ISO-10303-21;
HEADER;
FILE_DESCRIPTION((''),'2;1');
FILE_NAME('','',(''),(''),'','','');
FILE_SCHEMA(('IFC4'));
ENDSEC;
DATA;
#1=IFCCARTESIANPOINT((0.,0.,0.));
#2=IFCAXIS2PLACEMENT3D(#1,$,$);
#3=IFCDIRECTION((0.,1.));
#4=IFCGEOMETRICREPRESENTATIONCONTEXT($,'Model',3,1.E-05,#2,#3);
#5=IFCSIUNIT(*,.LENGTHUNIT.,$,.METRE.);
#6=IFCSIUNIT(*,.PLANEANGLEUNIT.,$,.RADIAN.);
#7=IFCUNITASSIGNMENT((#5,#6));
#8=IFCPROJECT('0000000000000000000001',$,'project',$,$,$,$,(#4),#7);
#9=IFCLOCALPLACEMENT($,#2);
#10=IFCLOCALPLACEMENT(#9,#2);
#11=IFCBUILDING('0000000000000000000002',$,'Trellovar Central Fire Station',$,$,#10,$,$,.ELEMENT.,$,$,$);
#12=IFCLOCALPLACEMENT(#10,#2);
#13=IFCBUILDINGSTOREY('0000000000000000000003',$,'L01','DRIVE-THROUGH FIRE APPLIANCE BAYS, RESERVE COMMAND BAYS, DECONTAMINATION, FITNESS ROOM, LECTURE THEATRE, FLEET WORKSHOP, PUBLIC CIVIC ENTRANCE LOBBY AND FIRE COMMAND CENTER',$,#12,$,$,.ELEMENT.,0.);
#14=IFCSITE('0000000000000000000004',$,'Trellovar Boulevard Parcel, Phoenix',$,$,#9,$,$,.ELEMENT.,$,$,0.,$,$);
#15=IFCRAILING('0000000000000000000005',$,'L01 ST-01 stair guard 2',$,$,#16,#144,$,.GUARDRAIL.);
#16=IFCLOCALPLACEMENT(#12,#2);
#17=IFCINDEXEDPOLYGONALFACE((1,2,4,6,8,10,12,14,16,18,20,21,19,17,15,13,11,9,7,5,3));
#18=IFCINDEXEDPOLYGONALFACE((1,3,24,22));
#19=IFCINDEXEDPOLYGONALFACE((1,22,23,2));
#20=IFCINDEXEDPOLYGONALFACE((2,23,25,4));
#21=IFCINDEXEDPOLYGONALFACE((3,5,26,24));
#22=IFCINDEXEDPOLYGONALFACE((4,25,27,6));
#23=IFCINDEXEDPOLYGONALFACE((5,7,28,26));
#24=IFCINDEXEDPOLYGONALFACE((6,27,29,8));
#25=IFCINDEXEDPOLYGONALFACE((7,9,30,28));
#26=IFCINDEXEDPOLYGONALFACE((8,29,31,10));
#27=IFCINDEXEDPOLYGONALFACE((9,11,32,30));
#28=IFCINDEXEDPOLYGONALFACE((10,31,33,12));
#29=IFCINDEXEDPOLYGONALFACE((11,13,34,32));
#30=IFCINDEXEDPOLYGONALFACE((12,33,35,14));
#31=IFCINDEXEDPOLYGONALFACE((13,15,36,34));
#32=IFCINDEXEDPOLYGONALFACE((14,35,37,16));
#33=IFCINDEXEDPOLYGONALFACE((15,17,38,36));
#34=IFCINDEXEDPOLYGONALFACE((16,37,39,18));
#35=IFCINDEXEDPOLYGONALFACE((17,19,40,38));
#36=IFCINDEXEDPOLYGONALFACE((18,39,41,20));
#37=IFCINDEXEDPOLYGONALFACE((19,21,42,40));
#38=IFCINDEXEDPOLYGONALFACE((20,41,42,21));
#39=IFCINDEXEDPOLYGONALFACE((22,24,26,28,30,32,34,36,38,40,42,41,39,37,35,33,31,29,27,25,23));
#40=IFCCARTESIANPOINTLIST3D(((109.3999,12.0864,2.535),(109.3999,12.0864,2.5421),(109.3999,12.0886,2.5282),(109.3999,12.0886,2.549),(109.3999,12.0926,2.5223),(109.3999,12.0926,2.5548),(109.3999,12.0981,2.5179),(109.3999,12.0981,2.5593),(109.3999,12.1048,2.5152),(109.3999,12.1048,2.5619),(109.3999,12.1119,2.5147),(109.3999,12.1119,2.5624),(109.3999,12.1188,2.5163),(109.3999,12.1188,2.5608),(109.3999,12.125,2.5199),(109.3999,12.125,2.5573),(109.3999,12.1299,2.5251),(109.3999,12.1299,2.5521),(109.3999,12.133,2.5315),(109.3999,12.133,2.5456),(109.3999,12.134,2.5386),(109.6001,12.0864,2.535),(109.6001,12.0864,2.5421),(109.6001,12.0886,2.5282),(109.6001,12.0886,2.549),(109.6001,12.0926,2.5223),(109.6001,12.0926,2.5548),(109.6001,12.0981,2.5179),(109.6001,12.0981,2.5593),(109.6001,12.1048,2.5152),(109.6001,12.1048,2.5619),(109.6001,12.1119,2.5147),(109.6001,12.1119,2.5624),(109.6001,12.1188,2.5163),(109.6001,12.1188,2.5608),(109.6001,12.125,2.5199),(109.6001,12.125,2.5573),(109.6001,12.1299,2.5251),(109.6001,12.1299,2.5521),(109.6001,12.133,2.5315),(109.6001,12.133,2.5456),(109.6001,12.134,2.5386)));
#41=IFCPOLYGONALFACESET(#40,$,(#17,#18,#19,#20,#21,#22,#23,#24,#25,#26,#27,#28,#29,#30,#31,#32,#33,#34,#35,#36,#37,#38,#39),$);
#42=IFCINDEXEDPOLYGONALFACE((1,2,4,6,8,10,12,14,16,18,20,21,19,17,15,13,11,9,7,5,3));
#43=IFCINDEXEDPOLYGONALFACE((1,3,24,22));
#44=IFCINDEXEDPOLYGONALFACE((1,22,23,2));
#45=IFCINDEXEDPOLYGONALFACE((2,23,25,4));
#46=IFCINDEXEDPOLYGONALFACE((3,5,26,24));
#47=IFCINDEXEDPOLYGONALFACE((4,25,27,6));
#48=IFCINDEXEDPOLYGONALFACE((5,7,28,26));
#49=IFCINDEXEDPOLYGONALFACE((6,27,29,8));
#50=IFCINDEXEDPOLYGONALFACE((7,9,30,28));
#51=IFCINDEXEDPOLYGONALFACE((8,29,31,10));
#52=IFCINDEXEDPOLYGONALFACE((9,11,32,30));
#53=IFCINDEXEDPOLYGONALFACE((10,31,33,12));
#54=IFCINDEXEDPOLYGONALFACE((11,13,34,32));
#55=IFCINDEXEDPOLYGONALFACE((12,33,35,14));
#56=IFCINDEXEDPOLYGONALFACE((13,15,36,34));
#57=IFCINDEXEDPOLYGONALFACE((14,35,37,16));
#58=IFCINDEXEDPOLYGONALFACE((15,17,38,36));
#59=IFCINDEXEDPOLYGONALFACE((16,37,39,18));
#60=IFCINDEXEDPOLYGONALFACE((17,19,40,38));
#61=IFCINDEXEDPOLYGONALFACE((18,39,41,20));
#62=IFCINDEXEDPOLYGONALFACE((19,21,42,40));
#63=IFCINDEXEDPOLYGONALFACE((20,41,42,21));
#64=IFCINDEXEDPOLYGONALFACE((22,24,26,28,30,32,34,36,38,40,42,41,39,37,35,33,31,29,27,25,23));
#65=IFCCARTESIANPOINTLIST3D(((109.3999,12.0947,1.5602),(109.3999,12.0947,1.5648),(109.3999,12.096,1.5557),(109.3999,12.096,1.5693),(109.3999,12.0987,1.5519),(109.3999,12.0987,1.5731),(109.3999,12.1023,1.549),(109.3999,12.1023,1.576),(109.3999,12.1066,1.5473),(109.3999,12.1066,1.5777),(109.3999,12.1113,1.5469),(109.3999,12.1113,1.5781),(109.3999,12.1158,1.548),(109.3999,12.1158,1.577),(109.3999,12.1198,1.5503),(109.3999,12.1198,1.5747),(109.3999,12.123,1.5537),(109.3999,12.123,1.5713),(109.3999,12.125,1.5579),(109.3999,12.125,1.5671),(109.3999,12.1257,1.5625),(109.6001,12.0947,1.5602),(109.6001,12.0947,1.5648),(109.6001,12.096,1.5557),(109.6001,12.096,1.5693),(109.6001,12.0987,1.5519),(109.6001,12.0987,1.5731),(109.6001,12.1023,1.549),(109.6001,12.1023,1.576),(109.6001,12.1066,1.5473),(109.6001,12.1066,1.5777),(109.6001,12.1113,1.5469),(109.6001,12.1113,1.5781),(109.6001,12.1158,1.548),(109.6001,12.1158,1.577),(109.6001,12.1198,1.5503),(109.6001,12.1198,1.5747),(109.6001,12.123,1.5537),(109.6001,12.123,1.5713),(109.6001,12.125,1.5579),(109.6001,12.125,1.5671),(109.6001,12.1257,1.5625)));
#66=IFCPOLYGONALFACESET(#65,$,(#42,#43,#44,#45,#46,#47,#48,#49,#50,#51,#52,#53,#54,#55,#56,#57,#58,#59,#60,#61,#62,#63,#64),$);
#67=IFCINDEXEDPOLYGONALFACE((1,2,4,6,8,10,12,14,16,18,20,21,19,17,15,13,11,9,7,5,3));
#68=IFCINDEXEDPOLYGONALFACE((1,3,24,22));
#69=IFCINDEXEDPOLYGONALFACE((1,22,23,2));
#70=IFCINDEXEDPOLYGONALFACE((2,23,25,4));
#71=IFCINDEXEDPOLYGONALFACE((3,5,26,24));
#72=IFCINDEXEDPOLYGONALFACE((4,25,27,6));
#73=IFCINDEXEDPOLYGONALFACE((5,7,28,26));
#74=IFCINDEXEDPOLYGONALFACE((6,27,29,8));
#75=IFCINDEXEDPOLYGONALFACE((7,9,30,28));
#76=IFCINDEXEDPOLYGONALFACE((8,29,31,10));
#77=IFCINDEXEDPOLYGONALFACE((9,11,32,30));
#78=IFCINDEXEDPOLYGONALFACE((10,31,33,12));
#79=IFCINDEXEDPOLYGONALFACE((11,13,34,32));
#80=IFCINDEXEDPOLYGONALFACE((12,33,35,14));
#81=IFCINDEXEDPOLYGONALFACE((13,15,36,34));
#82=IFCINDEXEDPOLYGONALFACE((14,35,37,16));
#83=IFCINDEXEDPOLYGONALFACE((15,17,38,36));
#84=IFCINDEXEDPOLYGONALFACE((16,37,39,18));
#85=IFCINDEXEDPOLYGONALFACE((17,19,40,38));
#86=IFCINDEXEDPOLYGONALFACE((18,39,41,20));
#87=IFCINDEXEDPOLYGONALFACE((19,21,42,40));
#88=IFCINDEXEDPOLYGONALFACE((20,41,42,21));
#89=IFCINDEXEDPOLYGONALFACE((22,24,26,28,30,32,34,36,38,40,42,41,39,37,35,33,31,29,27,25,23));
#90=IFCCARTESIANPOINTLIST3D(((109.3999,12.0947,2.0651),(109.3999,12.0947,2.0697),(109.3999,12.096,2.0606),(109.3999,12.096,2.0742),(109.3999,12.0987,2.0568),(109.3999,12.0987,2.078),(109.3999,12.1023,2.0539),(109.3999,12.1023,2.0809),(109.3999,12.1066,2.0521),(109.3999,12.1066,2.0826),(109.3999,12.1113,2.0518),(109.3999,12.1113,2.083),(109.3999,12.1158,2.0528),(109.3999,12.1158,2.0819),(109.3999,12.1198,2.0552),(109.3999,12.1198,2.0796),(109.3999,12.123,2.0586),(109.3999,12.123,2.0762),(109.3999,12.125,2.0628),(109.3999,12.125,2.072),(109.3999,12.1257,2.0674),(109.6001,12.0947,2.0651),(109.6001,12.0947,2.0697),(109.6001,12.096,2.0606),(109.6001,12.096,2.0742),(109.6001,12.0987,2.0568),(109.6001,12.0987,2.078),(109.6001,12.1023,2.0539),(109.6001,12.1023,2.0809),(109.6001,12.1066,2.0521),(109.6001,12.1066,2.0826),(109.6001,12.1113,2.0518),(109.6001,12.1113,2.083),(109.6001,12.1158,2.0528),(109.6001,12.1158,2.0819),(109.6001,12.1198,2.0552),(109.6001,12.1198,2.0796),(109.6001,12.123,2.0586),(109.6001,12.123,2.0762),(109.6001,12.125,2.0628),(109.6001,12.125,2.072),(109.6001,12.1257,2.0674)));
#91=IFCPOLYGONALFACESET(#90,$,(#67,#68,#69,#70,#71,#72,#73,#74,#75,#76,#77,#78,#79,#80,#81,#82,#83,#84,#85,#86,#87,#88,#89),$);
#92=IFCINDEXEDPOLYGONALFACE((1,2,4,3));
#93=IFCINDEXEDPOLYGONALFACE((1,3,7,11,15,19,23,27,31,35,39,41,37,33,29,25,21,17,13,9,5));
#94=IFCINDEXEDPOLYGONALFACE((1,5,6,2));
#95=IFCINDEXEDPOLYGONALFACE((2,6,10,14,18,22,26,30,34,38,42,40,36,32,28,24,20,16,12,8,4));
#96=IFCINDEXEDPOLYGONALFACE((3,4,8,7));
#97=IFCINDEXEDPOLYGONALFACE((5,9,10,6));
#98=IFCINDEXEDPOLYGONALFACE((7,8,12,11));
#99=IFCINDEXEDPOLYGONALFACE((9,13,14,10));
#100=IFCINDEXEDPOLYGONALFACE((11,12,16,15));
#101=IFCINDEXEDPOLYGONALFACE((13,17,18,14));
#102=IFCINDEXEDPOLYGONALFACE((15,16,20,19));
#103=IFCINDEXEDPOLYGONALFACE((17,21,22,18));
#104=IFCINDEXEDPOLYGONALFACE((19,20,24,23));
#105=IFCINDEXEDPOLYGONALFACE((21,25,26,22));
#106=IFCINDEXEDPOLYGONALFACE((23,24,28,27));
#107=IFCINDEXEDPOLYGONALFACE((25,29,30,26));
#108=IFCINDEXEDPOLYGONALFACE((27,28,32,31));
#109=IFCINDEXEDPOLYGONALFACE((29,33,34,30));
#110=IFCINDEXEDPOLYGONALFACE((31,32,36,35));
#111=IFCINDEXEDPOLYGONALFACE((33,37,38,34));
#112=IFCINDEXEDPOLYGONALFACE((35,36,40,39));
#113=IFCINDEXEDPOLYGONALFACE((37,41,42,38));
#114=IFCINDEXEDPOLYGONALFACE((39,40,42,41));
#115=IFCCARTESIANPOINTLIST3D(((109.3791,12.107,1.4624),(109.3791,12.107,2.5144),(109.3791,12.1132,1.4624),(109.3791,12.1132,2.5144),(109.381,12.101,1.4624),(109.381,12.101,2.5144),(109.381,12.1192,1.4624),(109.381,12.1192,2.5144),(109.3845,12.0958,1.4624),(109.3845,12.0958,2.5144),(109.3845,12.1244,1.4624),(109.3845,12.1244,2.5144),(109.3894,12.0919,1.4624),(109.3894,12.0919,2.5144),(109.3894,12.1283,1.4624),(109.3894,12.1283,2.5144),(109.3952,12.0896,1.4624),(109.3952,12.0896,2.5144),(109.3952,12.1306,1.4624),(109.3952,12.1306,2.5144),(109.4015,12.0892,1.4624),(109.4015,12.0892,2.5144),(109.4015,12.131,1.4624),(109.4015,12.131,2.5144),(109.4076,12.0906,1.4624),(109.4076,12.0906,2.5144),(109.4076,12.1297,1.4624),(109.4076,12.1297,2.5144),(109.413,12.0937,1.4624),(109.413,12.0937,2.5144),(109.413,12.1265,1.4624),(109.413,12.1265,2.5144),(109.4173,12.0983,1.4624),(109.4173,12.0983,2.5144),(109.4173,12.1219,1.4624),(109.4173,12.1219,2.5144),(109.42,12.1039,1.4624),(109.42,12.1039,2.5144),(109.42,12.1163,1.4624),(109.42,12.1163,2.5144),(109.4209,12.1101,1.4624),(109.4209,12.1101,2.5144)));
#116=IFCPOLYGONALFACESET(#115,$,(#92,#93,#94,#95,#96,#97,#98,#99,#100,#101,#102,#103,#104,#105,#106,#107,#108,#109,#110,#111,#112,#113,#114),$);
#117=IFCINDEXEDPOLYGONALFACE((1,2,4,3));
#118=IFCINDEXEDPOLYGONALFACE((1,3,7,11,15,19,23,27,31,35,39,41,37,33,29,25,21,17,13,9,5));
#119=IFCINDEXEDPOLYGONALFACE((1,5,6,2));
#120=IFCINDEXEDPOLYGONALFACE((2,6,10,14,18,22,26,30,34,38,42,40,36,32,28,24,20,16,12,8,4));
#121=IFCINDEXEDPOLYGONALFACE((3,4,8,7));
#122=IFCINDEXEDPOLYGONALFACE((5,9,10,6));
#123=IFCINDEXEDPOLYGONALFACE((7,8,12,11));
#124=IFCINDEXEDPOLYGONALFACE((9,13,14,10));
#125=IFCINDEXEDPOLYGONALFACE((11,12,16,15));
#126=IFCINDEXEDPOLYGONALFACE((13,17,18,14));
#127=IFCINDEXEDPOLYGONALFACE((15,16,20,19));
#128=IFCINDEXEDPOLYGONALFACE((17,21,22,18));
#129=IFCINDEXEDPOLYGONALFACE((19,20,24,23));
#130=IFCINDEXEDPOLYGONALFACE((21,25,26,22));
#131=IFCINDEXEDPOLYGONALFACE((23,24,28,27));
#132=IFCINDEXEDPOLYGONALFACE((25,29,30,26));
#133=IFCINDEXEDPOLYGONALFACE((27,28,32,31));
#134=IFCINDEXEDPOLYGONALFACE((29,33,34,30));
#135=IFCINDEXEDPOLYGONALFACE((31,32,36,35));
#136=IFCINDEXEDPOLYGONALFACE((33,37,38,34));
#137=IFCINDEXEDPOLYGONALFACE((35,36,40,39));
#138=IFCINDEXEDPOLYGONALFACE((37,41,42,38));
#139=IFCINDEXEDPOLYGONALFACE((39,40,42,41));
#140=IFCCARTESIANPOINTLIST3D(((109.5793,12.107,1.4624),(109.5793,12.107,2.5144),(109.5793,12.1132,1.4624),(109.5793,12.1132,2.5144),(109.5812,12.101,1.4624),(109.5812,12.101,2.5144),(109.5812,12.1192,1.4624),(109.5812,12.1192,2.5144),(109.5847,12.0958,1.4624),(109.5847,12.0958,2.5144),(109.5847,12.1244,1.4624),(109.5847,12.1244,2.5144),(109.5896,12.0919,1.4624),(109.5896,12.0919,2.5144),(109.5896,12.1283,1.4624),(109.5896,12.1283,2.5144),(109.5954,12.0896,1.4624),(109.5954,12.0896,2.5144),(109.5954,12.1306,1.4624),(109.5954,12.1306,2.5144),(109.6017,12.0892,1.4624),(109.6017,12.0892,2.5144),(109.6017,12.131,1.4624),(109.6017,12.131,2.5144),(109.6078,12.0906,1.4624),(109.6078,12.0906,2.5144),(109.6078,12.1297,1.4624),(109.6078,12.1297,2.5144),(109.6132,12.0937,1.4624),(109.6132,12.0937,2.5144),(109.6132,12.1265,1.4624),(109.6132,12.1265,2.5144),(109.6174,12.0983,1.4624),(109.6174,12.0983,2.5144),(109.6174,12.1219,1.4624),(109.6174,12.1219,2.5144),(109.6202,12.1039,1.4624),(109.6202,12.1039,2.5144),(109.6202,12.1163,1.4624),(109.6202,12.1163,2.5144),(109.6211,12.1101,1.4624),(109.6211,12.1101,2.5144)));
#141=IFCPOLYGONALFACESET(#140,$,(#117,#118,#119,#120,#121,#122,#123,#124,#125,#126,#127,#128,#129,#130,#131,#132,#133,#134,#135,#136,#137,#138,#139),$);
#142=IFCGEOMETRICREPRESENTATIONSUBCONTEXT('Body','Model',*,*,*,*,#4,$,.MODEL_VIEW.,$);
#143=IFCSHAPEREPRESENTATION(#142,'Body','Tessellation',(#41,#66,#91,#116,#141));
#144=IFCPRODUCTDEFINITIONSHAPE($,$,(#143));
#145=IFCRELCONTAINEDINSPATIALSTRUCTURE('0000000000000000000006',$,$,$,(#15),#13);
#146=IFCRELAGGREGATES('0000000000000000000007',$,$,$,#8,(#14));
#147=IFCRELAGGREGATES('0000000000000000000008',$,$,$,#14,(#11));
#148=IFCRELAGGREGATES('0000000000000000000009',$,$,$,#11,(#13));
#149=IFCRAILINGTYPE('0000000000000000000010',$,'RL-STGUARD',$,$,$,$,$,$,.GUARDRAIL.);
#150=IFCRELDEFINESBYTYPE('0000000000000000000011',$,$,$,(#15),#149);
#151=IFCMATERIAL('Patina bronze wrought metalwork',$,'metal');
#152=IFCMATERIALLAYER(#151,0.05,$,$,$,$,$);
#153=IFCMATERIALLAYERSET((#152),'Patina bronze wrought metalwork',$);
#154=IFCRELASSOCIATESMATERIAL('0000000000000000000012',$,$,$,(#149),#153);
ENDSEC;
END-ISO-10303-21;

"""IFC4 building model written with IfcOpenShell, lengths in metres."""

from ifc_helpers import new_model, si_unit, direction, frame, origin, origin_2d, place, context, subcontext, project, spatial, circle, extrude, material, layer, layer_set, type_object, element, save


model = new_model("IFC4")

# Units and contexts
model_context = context("Model", 3, precision=1e-05, world=origin(), true_north=direction((0.0, 1.0)))
body_context = subcontext(model_context, "Body", "Model", "MODEL_VIEW")
ifc_project = project(units=[si_unit("LENGTHUNIT", "METRE"), si_unit("PLANEANGLEUNIT", "RADIAN")], contexts=[model_context])

# Site, building, storey
site_placement = place(None, origin())
site = spatial("IfcSite", under=ifc_project, at=site_placement, Name="Trellovar Boulevard Parcel, Phoenix", CompositionType="ELEMENT", RefElevation=0.0)
building_placement = place(site_placement, origin())
building = spatial("IfcBuilding", under=site, at=building_placement, Name="Trellovar Central Fire Station", CompositionType="ELEMENT")
storey_placement = place(building_placement, origin())
storey = spatial("IfcBuildingStorey", under=building, at=storey_placement, Name="L01", Description="DRIVE-THROUGH FIRE APPLIANCE BAYS, RESERVE COMMAND BAYS, DECONTAMINATION, FITNESS ROOM, LECTURE THEATRE, FLEET WORKSHOP, PUBLIC CIVIC ENTRANCE LOBBY AND FIRE COMMAND CENTER", CompositionType="ELEMENT", Elevation=0.0)

# Railing
ifc_material_1 = material(Name="Patina bronze wrought metalwork", Category="metal")
ifc_layer_1 = layer(ifc_material_1, 0.05)
ifc_layer_set_1 = layer_set([ifc_layer_1], Name="Patina bronze wrought metalwork")
railing_type_1 = type_object("IfcRailingType", Name="RL-STGUARD", PredefinedType="GUARDRAIL", material=ifc_layer_set_1)
railing_1_placement = place(storey_placement, frame((109.3999, 12.1101, 1.4624)))
element("IfcRailing", 1, at=railing_1_placement, inside=storey, type_object=railing_type_1, Name="L01 ST-01 stair guard 2", PredefinedType="GUARDRAIL", context=body_context, shape_type="SweptSolid", body=[
    extrude(circle(Radius=0.0239, at=origin_2d()), frame((0.0, 0.0, 1.0762), z_axis=(1.0, 0.0, 0.0), x_axis=(0.0, 1.0, 0.0)), (0.0, 0.0, 1.0), 0.2002),
    extrude(circle(Radius=0.0156, at=origin_2d()), frame((0.0, 0.0, 0.1001), z_axis=(1.0, 0.0, 0.0), x_axis=(0.0, 1.0, 0.0)), (0.0, 0.0, 1.0), 0.2002),
    extrude(circle(Radius=0.0156, at=origin_2d()), frame((0.0, 0.0, 0.605), z_axis=(1.0, 0.0, 0.0), x_axis=(0.0, 1.0, 0.0)), (0.0, 0.0, 1.0), 0.2002),
    extrude(circle(Radius=0.021, at=origin_2d()), origin(), (0.0, 0.0, 1.0), 1.052),
    extrude(circle(Radius=0.021, at=origin_2d()), frame((0.2002, 0.0, 0.0)), (0.0, 0.0, 1.0), 1.052),
])

save(model, "model.ifc")
